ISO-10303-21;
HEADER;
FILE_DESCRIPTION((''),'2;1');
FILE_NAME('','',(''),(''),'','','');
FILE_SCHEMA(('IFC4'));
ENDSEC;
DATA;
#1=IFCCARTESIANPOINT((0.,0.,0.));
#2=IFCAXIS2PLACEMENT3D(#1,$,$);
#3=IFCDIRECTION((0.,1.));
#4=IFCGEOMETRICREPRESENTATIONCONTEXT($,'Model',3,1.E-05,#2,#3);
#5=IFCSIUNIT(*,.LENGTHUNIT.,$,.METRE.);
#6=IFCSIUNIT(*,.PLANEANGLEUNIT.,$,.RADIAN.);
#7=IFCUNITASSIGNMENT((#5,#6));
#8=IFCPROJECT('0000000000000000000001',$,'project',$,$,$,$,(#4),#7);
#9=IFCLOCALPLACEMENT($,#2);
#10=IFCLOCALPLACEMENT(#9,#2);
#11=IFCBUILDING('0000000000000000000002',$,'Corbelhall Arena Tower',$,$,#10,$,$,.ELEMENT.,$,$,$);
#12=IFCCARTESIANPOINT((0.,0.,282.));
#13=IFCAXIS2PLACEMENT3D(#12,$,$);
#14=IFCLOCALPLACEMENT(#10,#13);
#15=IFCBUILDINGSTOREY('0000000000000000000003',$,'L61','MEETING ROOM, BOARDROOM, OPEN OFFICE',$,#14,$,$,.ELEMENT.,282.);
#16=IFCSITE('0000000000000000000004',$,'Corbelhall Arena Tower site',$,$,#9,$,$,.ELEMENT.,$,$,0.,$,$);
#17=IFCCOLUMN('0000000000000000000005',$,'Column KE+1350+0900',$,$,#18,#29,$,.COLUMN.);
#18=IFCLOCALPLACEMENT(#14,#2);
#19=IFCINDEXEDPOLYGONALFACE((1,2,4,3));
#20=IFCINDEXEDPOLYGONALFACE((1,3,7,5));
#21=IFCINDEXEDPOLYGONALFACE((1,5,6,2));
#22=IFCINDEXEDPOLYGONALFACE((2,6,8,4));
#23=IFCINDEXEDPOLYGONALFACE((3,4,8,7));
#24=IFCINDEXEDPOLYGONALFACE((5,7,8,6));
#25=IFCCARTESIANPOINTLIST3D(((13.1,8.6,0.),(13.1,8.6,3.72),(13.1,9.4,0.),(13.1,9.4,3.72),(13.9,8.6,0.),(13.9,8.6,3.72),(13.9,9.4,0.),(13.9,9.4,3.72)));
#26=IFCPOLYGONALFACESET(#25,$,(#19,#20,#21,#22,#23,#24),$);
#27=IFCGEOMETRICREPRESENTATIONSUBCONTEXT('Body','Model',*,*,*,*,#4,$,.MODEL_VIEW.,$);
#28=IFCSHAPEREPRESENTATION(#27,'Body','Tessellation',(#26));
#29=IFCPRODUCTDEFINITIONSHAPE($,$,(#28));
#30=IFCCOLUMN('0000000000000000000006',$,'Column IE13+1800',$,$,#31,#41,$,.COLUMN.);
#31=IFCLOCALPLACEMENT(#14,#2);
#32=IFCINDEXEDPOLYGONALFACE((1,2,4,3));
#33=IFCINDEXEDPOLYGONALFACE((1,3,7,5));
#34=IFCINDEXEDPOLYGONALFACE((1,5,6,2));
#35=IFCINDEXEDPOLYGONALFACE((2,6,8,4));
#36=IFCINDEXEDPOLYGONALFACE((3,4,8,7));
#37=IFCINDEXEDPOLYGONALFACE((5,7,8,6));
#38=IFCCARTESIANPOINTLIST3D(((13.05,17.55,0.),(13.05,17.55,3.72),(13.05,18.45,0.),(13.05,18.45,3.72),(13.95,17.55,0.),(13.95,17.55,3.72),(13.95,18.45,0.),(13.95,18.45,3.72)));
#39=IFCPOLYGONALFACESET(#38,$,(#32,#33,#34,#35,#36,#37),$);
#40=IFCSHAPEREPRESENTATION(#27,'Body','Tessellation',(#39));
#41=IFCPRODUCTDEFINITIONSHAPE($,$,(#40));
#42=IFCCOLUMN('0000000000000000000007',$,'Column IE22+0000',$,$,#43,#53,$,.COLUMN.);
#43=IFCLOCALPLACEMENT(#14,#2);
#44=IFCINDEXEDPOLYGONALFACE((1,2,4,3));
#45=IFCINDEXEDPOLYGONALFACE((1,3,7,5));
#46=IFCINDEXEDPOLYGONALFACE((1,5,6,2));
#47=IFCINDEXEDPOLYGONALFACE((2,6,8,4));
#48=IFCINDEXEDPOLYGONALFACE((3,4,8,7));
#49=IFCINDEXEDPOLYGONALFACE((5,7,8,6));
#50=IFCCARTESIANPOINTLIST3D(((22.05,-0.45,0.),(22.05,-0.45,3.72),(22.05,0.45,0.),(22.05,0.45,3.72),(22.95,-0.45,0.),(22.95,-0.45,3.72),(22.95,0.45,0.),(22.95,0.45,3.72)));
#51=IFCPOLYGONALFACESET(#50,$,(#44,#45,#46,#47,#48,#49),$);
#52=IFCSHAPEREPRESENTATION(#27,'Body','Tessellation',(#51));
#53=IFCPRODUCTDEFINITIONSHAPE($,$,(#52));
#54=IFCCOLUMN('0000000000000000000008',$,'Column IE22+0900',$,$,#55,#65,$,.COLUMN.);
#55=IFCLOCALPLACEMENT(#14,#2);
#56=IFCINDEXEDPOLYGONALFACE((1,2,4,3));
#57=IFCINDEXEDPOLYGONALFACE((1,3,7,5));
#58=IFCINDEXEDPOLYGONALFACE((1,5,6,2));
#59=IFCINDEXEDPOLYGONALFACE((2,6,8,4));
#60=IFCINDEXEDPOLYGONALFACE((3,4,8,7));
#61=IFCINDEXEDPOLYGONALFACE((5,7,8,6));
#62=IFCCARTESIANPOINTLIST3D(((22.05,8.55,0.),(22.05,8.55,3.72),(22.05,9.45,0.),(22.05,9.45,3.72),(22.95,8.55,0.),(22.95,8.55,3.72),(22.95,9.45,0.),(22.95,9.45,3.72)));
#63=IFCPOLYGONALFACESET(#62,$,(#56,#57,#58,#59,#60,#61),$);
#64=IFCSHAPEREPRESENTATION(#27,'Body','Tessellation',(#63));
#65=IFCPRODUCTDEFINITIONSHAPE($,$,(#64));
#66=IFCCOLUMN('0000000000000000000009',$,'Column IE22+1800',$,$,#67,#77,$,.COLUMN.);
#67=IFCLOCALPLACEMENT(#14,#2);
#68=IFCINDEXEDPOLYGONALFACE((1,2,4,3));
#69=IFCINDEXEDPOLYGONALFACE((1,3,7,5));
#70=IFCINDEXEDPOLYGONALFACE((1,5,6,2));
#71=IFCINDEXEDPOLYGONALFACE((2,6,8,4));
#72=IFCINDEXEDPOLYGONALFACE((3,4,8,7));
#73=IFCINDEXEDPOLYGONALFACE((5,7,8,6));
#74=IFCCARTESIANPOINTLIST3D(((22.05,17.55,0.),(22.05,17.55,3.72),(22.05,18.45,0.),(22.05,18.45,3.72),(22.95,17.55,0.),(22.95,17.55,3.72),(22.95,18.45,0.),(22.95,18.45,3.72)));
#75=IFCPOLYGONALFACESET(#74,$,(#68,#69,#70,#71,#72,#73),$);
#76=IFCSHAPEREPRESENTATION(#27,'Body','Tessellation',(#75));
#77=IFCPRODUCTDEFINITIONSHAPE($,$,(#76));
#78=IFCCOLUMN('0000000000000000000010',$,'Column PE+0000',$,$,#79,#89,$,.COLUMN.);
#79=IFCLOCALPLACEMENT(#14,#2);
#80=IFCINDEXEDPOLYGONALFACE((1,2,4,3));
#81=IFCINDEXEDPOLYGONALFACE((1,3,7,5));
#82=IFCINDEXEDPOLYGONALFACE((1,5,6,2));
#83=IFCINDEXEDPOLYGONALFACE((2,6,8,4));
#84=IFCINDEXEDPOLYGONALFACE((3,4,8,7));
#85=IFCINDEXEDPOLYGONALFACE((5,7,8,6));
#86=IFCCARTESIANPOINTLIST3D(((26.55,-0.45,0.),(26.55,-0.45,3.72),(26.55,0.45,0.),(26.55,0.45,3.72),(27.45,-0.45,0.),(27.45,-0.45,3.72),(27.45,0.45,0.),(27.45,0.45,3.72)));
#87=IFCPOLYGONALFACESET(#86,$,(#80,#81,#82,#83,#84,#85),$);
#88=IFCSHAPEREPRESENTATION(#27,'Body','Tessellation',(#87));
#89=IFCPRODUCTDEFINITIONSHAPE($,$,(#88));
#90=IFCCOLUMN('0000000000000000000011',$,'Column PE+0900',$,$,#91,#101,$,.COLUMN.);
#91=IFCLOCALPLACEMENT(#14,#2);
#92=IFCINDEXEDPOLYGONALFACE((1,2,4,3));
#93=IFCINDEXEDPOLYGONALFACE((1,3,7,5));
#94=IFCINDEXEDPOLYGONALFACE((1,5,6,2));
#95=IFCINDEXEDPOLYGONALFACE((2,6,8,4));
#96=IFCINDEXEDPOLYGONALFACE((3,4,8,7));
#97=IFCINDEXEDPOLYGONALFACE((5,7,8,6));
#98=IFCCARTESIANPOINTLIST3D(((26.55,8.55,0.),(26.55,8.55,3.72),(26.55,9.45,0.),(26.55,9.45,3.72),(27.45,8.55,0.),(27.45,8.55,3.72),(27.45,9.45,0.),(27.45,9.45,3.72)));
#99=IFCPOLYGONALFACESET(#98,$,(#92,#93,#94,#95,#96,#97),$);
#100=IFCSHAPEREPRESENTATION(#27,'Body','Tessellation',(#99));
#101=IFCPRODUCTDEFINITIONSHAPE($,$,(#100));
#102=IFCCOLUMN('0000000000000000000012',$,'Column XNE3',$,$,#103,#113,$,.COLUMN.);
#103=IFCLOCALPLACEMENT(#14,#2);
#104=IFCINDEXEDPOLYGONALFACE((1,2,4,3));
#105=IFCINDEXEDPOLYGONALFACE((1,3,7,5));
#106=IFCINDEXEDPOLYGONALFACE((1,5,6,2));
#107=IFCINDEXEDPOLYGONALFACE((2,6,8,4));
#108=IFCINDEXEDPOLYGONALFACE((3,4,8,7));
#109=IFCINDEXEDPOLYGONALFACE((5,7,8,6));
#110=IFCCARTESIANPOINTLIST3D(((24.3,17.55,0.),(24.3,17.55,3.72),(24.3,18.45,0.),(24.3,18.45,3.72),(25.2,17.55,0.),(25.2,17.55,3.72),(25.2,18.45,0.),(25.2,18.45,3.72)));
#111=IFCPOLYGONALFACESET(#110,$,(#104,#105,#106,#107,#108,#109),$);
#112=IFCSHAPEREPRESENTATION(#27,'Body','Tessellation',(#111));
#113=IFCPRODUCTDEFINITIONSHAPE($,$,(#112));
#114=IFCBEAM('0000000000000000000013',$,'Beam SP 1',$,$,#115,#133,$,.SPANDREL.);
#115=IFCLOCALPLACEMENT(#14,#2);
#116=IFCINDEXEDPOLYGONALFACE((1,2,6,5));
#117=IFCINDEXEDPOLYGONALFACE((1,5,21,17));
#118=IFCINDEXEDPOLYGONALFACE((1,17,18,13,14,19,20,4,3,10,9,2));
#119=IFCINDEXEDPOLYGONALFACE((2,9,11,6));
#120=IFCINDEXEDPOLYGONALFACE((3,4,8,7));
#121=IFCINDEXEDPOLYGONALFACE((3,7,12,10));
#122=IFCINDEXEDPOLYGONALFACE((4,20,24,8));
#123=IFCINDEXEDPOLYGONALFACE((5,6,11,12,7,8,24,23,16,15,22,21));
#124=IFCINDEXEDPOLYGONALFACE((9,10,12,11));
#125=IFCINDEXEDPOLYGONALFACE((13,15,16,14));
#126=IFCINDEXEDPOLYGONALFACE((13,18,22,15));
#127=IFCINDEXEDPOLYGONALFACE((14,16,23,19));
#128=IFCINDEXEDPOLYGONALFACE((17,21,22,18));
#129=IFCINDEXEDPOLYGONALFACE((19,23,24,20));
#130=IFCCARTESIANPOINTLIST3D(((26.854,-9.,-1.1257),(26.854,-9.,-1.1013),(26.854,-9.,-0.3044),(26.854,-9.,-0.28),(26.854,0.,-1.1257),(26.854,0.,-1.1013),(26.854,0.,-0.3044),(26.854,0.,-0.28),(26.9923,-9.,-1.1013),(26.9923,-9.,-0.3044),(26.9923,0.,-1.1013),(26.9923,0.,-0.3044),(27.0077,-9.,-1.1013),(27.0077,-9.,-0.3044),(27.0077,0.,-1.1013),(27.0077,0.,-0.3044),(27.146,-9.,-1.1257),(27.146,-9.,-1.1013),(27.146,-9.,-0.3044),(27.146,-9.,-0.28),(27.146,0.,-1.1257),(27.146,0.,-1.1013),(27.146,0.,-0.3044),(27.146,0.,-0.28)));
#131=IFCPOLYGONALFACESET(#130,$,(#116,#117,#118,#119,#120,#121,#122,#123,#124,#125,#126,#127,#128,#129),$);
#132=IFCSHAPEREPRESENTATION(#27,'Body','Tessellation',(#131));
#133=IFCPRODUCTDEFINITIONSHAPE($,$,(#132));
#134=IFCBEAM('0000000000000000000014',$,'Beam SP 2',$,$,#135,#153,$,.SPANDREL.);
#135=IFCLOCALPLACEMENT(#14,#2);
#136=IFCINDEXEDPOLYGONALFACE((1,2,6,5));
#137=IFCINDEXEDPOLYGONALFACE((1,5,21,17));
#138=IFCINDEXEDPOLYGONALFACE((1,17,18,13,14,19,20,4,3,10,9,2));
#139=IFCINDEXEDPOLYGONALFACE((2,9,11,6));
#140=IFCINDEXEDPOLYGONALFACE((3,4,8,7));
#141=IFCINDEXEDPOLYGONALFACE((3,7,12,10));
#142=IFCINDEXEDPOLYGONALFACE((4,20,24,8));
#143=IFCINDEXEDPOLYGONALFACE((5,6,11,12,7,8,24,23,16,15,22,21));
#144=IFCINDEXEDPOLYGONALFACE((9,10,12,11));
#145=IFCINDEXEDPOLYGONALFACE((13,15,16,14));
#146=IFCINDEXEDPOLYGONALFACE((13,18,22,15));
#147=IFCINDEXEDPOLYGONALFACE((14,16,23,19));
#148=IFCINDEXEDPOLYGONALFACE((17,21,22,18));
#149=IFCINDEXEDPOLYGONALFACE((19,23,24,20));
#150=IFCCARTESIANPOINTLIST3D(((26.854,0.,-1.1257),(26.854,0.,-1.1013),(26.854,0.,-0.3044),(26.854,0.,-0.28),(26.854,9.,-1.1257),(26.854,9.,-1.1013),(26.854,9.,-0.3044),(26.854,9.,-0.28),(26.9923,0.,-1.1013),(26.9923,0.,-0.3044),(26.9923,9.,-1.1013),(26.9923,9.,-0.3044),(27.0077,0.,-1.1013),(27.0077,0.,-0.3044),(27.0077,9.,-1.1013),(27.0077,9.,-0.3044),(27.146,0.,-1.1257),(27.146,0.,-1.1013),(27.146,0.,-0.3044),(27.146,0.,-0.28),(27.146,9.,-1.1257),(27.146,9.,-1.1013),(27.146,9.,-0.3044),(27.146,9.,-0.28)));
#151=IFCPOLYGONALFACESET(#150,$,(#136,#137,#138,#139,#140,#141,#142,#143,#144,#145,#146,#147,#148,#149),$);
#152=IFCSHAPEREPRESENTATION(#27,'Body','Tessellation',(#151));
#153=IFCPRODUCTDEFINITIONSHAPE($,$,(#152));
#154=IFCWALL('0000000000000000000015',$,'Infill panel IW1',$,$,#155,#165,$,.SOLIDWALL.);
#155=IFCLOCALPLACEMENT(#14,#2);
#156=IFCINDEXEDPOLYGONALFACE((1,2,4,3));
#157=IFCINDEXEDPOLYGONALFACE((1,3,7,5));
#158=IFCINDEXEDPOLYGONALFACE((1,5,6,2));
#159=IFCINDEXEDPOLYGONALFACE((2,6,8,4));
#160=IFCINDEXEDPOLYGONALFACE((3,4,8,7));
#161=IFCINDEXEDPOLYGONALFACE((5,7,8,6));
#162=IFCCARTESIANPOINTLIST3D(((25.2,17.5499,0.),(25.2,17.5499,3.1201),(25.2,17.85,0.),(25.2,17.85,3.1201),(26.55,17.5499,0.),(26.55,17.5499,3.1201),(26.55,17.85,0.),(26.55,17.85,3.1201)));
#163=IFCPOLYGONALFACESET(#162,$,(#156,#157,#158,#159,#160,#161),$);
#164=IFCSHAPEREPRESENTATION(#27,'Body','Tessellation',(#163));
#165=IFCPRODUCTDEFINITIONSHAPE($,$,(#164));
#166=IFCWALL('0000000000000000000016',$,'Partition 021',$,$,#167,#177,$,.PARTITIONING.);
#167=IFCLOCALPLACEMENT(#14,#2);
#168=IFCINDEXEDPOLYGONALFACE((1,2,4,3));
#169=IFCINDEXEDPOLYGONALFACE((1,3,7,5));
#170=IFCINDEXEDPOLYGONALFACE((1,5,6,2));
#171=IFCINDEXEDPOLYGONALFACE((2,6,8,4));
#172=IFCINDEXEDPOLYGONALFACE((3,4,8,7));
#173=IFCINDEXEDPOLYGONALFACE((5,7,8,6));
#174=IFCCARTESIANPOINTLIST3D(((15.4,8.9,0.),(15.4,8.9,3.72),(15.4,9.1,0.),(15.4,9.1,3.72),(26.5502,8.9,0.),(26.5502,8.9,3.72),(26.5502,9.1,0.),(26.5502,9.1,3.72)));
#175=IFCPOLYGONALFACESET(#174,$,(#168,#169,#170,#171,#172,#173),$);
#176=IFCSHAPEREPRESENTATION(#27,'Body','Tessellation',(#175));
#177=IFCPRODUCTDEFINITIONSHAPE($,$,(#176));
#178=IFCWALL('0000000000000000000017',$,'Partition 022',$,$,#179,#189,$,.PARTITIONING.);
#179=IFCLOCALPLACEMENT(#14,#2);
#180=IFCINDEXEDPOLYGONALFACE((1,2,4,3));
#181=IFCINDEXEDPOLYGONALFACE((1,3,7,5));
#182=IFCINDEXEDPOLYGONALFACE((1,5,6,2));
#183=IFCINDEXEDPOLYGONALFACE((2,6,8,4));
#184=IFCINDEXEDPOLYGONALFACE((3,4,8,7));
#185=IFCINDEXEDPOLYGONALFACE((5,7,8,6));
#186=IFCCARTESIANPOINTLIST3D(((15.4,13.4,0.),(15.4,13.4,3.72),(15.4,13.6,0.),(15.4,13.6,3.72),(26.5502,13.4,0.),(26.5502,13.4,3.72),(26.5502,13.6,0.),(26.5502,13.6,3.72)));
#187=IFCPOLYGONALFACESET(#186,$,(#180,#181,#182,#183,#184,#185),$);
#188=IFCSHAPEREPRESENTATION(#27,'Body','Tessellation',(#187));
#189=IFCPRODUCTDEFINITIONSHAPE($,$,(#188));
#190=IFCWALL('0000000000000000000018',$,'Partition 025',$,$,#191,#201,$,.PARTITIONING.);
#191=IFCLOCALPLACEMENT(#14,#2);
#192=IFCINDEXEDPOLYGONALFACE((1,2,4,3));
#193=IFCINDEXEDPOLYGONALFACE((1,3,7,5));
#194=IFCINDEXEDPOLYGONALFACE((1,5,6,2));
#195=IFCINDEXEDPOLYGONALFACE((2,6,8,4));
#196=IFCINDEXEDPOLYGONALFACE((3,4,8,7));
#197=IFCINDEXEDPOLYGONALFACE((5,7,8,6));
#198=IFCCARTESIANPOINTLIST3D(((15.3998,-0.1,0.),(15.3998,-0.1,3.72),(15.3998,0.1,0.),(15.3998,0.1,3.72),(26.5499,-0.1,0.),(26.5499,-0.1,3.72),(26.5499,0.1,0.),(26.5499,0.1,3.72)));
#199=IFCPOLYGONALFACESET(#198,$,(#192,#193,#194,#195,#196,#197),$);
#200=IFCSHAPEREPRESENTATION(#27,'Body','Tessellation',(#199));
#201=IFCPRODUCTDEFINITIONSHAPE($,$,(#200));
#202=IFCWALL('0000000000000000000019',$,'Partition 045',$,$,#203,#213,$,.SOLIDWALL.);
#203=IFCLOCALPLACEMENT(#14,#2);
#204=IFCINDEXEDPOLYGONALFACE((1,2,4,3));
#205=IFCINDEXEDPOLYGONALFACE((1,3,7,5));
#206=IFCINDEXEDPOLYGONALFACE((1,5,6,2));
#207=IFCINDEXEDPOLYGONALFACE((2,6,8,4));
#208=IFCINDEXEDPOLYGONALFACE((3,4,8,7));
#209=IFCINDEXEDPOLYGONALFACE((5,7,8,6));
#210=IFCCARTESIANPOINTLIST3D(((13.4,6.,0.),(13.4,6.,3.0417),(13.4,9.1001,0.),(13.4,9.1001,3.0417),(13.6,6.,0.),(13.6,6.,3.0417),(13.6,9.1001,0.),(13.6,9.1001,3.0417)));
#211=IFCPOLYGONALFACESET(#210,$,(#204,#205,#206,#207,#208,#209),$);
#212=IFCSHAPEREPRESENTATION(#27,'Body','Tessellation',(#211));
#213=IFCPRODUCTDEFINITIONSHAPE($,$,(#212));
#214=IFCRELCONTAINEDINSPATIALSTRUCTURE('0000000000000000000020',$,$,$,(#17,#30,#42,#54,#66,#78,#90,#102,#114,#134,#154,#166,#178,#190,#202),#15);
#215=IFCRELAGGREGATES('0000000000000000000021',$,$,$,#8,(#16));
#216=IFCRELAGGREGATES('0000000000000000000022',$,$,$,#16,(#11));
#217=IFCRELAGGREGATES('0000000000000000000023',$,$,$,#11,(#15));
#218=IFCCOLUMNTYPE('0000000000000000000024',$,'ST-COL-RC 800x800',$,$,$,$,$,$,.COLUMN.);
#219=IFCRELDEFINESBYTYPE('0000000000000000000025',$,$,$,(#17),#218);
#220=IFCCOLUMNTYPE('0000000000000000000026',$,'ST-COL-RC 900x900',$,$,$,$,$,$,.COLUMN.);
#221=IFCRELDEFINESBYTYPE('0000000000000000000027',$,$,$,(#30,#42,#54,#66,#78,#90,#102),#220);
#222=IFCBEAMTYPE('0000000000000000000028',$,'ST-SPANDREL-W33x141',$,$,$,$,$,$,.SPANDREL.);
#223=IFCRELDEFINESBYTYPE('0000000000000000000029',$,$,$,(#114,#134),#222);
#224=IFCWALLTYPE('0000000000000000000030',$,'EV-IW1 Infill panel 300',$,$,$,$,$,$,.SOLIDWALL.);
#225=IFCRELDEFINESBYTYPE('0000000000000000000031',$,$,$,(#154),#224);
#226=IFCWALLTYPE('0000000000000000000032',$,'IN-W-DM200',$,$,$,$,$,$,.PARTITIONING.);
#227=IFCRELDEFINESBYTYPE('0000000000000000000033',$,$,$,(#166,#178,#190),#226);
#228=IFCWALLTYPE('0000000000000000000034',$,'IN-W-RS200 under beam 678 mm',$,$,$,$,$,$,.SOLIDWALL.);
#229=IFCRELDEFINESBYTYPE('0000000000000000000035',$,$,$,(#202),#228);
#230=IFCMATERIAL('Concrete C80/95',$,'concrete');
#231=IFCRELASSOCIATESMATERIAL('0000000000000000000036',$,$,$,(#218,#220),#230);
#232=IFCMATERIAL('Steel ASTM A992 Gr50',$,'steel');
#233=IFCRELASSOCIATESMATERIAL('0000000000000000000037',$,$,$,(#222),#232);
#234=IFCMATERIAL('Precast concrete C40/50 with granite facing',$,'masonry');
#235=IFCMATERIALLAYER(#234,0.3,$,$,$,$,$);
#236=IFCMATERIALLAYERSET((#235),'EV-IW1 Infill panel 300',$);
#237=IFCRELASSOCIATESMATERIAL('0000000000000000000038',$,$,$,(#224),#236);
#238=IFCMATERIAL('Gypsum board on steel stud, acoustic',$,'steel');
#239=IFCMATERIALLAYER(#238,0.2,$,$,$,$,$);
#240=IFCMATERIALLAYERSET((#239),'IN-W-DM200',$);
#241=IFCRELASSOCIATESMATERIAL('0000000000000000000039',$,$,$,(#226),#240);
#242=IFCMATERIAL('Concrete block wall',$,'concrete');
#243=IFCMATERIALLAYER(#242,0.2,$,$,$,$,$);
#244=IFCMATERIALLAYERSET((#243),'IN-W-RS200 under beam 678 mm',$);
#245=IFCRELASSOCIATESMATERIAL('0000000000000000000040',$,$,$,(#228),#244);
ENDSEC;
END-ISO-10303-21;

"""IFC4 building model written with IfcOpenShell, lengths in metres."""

from ifc_helpers import new_model, si_unit, direction, frame, frame_2d, origin, origin_2d, place, context, subcontext, project, spatial, rectangle, i_section, extrude, material, layer, layer_set, material_profile, profile_set, type_object, element, save


model = new_model("IFC4")

# Units and contexts
model_context = context("Model", 3, precision=1e-05, world=origin(), true_north=direction((0.0, 1.0)))
body_context = subcontext(model_context, "Body", "Model", "MODEL_VIEW")
ifc_project = project(units=[si_unit("LENGTHUNIT", "METRE"), si_unit("PLANEANGLEUNIT", "RADIAN")], contexts=[model_context])

# Site, building, storey
site_placement = place(None, origin())
site = spatial("IfcSite", under=ifc_project, at=site_placement, Name="Corbelhall Arena Tower site", CompositionType="ELEMENT", RefElevation=0.0)
building_placement = place(site_placement, origin())
building = spatial("IfcBuilding", under=site, at=building_placement, Name="Corbelhall Arena Tower", CompositionType="ELEMENT")
storey_placement = place(building_placement, frame((0.0, 0.0, 282.0)))
storey = spatial("IfcBuildingStorey", under=building, at=storey_placement, Name="L61", Description="MEETING ROOM, BOARDROOM, OPEN OFFICE", CompositionType="ELEMENT", Elevation=282.0)

# Columns
ifc_material_1 = material(Name="Concrete C80/95", Category="concrete")
ifc_material_profile_1 = material_profile(ifc_material_1, rectangle(XDim=0.8, YDim=0.8, at=origin_2d()))
ifc_profile_set_1 = profile_set([ifc_material_profile_1], Name="Concrete C80/95")
column_type_1 = type_object("IfcColumnType", Name="ST-COL-RC 800x800", PredefinedType="COLUMN", material=ifc_profile_set_1)
column_placement = place(storey_placement, frame((13.5, 9.0, 0.0), z_axis=(0.0, 0.0, 1.0), x_axis=(1.0, 0.0, 0.0)))
element("IfcColumn", 1, at=column_placement, inside=storey, type_object=column_type_1, Name="Column KE+1350+0900", PredefinedType="COLUMN", context=body_context, shape_type="SweptSolid", body=[
    extrude(rectangle(XDim=0.8, YDim=0.8, at=origin_2d()), origin(), (0.0, 0.0, 1.0), 3.72),
])
ifc_material_profile_2 = material_profile(ifc_material_1, rectangle(XDim=0.8999, YDim=0.8999, at=origin_2d()))
ifc_profile_set_2 = profile_set([ifc_material_profile_2], Name="Concrete C80/95")
column_type_2 = type_object("IfcColumnType", Name="ST-COL-RC 900x900", PredefinedType="COLUMN", material=ifc_profile_set_2)
for number, where, z_axis, x_axis, name in (
    (2, (13.5, 18.0, 0.0), (0.0, 0.0, 1.0), (1.0, 0.0, 0.0), "Column IE13+1800"),
    (3, (22.5, 0.0, 0.0), (0.0, 0.0, 1.0), (1.0, 0.0, 0.0), "Column IE22+0000"),
    (4, (22.5, 9.0, 0.0), (0.0, 0.0, 1.0), (1.0, 0.0, 0.0), "Column IE22+0900"),
    (5, (22.5, 18.0, 0.0), (0.0, 0.0, 1.0), (1.0, 0.0, 0.0), "Column IE22+1800"),
    (6, (27.0, 0.0, 0.0), (0.0, 0.0, 1.0), (0.0, 1.0, 0.0), "Column PE+0000"),
    (7, (27.0, 9.0, 0.0), (0.0, 0.0, 1.0), (0.0, 1.0, 0.0), "Column PE+0900"),
    (8, (24.75, 18.0, 0.0), (0.0, 0.0, 1.0), (1.0, 0.0, 0.0), "Column XNE3"),
):
    element("IfcColumn", number, at=place(storey_placement, frame(where, z_axis=z_axis, x_axis=x_axis)), inside=storey, type_object=column_type_2, Name=name, PredefinedType="COLUMN", context=body_context, shape_type="SweptSolid", body=[
        extrude(rectangle(XDim=0.8999, YDim=0.8999, at=origin_2d()), origin(), (0.0, 0.0, 1.0), 3.72),
    ])

# Beams
ifc_material_2 = material(Name="Steel ASTM A992 Gr50", Category="steel")
ifc_material_profile_3 = material_profile(ifc_material_2, i_section(OverallWidth=0.292, OverallDepth=0.8457, WebThickness=0.0154, FlangeThickness=0.0244, at=origin_2d()))
ifc_profile_set_3 = profile_set([ifc_material_profile_3], Name="Steel ASTM A992 Gr50")
beam_type = type_object("IfcBeamType", Name="ST-SPANDREL-W33x141", PredefinedType="SPANDREL", material=ifc_profile_set_3)
for number, where, z_axis, x_axis, name in (
    (9, (27.0, 0.0, -0.7029), (0.0, -1.0, 0.0), (1.0, 0.0, 0.0), "Beam SP 1"),
    (10, (27.0, 9.0, -0.7029), (0.0, -1.0, 0.0), (1.0, 0.0, 0.0), "Beam SP 2"),
):
    element("IfcBeam", number, at=place(storey_placement, frame(where, z_axis=z_axis, x_axis=x_axis)), inside=storey, type_object=beam_type, Name=name, PredefinedType="SPANDREL", context=body_context, shape_type="SweptSolid", body=[
        extrude(i_section(OverallWidth=0.292, OverallDepth=0.8457, WebThickness=0.0154, FlangeThickness=0.0244, at=origin_2d()), origin(), (0.0, 0.0, 1.0), 9.0),
    ])

# Shared definitions
ifc_material_3 = material(Name="Precast concrete C40/50 with granite facing", Category="masonry")
ifc_layer_1 = layer(ifc_material_3, 0.3)
ifc_layer_set_1 = layer_set([ifc_layer_1], Name="EV-IW1 Infill panel 300")
wall_type_1 = type_object("IfcWallType", Name="EV-IW1 Infill panel 300", PredefinedType="SOLIDWALL", material=ifc_layer_set_1)

# Wall
wall_1_placement = place(storey_placement, frame((26.55, 17.7, 0.0), z_axis=(0.0, 0.0, 1.0), x_axis=(-1.0, 0.0, 0.0)))
element("IfcWall", 11, at=wall_1_placement, inside=storey, type_object=wall_type_1, Name="Infill panel IW1", PredefinedType="SOLIDWALL", context=body_context, shape_type="SweptSolid", body=[
    extrude(rectangle(XDim=1.3501, YDim=0.3, at=frame_2d((0.675, 0.0))), origin(), (0.0, 0.0, 1.0), 3.1201),
])

# Shared definitions
ifc_material_4 = material(Name="Gypsum board on steel stud, acoustic", Category="steel")
ifc_layer_2 = layer(ifc_material_4, 0.2)
ifc_layer_set_2 = layer_set([ifc_layer_2], Name="IN-W-DM200")
wall_type_2 = type_object("IfcWallType", Name="IN-W-DM200", PredefinedType="PARTITIONING", material=ifc_layer_set_2)

# Walls
for number, where, z_axis, x_axis, name in (
    (12, (15.3999, 9.0, 0.0), (0.0, 0.0, 1.0), (1.0, 0.0, 0.0), "Partition 021"),
    (13, (15.3999, 13.5, 0.0), (0.0, 0.0, 1.0), (1.0, 0.0, 0.0), "Partition 022"),
    (14, (26.55, 0.0, 0.0), (0.0, 0.0, 1.0), (-1.0, 0.0, 0.0), "Partition 025"),
):
    element("IfcWall", number, at=place(storey_placement, frame(where, z_axis=z_axis, x_axis=x_axis)), inside=storey, type_object=wall_type_2, Name=name, PredefinedType="PARTITIONING", context=body_context, shape_type="SweptSolid", body=[
        extrude(rectangle(XDim=11.1501, YDim=0.2, at=frame_2d((5.5752, 0.0))), origin(), (0.0, 0.0, 1.0), 3.72),
    ])
ifc_material_5 = material(Name="Concrete block wall", Category="concrete")
ifc_layer_3 = layer(ifc_material_5, 0.2)
ifc_layer_set_3 = layer_set([ifc_layer_3], Name="IN-W-RS200 under beam 678 mm")
wall_type_3 = type_object("IfcWallType", Name="IN-W-RS200 under beam 678 mm", PredefinedType="SOLIDWALL", material=ifc_layer_set_3)
wall_2_placement = place(storey_placement, frame((13.5, 9.1001, 0.0), z_axis=(0.0, 0.0, 1.0), x_axis=(0.0, -1.0, 0.0)))
element("IfcWall", 15, at=wall_2_placement, inside=storey, type_object=wall_type_3, Name="Partition 045", PredefinedType="SOLIDWALL", context=body_context, shape_type="SweptSolid", body=[
    extrude(rectangle(XDim=3.1001, YDim=0.2, at=frame_2d((1.55, 0.0))), origin(), (0.0, 0.0, 1.0), 3.0417),
])

save(model, "model.ifc")
